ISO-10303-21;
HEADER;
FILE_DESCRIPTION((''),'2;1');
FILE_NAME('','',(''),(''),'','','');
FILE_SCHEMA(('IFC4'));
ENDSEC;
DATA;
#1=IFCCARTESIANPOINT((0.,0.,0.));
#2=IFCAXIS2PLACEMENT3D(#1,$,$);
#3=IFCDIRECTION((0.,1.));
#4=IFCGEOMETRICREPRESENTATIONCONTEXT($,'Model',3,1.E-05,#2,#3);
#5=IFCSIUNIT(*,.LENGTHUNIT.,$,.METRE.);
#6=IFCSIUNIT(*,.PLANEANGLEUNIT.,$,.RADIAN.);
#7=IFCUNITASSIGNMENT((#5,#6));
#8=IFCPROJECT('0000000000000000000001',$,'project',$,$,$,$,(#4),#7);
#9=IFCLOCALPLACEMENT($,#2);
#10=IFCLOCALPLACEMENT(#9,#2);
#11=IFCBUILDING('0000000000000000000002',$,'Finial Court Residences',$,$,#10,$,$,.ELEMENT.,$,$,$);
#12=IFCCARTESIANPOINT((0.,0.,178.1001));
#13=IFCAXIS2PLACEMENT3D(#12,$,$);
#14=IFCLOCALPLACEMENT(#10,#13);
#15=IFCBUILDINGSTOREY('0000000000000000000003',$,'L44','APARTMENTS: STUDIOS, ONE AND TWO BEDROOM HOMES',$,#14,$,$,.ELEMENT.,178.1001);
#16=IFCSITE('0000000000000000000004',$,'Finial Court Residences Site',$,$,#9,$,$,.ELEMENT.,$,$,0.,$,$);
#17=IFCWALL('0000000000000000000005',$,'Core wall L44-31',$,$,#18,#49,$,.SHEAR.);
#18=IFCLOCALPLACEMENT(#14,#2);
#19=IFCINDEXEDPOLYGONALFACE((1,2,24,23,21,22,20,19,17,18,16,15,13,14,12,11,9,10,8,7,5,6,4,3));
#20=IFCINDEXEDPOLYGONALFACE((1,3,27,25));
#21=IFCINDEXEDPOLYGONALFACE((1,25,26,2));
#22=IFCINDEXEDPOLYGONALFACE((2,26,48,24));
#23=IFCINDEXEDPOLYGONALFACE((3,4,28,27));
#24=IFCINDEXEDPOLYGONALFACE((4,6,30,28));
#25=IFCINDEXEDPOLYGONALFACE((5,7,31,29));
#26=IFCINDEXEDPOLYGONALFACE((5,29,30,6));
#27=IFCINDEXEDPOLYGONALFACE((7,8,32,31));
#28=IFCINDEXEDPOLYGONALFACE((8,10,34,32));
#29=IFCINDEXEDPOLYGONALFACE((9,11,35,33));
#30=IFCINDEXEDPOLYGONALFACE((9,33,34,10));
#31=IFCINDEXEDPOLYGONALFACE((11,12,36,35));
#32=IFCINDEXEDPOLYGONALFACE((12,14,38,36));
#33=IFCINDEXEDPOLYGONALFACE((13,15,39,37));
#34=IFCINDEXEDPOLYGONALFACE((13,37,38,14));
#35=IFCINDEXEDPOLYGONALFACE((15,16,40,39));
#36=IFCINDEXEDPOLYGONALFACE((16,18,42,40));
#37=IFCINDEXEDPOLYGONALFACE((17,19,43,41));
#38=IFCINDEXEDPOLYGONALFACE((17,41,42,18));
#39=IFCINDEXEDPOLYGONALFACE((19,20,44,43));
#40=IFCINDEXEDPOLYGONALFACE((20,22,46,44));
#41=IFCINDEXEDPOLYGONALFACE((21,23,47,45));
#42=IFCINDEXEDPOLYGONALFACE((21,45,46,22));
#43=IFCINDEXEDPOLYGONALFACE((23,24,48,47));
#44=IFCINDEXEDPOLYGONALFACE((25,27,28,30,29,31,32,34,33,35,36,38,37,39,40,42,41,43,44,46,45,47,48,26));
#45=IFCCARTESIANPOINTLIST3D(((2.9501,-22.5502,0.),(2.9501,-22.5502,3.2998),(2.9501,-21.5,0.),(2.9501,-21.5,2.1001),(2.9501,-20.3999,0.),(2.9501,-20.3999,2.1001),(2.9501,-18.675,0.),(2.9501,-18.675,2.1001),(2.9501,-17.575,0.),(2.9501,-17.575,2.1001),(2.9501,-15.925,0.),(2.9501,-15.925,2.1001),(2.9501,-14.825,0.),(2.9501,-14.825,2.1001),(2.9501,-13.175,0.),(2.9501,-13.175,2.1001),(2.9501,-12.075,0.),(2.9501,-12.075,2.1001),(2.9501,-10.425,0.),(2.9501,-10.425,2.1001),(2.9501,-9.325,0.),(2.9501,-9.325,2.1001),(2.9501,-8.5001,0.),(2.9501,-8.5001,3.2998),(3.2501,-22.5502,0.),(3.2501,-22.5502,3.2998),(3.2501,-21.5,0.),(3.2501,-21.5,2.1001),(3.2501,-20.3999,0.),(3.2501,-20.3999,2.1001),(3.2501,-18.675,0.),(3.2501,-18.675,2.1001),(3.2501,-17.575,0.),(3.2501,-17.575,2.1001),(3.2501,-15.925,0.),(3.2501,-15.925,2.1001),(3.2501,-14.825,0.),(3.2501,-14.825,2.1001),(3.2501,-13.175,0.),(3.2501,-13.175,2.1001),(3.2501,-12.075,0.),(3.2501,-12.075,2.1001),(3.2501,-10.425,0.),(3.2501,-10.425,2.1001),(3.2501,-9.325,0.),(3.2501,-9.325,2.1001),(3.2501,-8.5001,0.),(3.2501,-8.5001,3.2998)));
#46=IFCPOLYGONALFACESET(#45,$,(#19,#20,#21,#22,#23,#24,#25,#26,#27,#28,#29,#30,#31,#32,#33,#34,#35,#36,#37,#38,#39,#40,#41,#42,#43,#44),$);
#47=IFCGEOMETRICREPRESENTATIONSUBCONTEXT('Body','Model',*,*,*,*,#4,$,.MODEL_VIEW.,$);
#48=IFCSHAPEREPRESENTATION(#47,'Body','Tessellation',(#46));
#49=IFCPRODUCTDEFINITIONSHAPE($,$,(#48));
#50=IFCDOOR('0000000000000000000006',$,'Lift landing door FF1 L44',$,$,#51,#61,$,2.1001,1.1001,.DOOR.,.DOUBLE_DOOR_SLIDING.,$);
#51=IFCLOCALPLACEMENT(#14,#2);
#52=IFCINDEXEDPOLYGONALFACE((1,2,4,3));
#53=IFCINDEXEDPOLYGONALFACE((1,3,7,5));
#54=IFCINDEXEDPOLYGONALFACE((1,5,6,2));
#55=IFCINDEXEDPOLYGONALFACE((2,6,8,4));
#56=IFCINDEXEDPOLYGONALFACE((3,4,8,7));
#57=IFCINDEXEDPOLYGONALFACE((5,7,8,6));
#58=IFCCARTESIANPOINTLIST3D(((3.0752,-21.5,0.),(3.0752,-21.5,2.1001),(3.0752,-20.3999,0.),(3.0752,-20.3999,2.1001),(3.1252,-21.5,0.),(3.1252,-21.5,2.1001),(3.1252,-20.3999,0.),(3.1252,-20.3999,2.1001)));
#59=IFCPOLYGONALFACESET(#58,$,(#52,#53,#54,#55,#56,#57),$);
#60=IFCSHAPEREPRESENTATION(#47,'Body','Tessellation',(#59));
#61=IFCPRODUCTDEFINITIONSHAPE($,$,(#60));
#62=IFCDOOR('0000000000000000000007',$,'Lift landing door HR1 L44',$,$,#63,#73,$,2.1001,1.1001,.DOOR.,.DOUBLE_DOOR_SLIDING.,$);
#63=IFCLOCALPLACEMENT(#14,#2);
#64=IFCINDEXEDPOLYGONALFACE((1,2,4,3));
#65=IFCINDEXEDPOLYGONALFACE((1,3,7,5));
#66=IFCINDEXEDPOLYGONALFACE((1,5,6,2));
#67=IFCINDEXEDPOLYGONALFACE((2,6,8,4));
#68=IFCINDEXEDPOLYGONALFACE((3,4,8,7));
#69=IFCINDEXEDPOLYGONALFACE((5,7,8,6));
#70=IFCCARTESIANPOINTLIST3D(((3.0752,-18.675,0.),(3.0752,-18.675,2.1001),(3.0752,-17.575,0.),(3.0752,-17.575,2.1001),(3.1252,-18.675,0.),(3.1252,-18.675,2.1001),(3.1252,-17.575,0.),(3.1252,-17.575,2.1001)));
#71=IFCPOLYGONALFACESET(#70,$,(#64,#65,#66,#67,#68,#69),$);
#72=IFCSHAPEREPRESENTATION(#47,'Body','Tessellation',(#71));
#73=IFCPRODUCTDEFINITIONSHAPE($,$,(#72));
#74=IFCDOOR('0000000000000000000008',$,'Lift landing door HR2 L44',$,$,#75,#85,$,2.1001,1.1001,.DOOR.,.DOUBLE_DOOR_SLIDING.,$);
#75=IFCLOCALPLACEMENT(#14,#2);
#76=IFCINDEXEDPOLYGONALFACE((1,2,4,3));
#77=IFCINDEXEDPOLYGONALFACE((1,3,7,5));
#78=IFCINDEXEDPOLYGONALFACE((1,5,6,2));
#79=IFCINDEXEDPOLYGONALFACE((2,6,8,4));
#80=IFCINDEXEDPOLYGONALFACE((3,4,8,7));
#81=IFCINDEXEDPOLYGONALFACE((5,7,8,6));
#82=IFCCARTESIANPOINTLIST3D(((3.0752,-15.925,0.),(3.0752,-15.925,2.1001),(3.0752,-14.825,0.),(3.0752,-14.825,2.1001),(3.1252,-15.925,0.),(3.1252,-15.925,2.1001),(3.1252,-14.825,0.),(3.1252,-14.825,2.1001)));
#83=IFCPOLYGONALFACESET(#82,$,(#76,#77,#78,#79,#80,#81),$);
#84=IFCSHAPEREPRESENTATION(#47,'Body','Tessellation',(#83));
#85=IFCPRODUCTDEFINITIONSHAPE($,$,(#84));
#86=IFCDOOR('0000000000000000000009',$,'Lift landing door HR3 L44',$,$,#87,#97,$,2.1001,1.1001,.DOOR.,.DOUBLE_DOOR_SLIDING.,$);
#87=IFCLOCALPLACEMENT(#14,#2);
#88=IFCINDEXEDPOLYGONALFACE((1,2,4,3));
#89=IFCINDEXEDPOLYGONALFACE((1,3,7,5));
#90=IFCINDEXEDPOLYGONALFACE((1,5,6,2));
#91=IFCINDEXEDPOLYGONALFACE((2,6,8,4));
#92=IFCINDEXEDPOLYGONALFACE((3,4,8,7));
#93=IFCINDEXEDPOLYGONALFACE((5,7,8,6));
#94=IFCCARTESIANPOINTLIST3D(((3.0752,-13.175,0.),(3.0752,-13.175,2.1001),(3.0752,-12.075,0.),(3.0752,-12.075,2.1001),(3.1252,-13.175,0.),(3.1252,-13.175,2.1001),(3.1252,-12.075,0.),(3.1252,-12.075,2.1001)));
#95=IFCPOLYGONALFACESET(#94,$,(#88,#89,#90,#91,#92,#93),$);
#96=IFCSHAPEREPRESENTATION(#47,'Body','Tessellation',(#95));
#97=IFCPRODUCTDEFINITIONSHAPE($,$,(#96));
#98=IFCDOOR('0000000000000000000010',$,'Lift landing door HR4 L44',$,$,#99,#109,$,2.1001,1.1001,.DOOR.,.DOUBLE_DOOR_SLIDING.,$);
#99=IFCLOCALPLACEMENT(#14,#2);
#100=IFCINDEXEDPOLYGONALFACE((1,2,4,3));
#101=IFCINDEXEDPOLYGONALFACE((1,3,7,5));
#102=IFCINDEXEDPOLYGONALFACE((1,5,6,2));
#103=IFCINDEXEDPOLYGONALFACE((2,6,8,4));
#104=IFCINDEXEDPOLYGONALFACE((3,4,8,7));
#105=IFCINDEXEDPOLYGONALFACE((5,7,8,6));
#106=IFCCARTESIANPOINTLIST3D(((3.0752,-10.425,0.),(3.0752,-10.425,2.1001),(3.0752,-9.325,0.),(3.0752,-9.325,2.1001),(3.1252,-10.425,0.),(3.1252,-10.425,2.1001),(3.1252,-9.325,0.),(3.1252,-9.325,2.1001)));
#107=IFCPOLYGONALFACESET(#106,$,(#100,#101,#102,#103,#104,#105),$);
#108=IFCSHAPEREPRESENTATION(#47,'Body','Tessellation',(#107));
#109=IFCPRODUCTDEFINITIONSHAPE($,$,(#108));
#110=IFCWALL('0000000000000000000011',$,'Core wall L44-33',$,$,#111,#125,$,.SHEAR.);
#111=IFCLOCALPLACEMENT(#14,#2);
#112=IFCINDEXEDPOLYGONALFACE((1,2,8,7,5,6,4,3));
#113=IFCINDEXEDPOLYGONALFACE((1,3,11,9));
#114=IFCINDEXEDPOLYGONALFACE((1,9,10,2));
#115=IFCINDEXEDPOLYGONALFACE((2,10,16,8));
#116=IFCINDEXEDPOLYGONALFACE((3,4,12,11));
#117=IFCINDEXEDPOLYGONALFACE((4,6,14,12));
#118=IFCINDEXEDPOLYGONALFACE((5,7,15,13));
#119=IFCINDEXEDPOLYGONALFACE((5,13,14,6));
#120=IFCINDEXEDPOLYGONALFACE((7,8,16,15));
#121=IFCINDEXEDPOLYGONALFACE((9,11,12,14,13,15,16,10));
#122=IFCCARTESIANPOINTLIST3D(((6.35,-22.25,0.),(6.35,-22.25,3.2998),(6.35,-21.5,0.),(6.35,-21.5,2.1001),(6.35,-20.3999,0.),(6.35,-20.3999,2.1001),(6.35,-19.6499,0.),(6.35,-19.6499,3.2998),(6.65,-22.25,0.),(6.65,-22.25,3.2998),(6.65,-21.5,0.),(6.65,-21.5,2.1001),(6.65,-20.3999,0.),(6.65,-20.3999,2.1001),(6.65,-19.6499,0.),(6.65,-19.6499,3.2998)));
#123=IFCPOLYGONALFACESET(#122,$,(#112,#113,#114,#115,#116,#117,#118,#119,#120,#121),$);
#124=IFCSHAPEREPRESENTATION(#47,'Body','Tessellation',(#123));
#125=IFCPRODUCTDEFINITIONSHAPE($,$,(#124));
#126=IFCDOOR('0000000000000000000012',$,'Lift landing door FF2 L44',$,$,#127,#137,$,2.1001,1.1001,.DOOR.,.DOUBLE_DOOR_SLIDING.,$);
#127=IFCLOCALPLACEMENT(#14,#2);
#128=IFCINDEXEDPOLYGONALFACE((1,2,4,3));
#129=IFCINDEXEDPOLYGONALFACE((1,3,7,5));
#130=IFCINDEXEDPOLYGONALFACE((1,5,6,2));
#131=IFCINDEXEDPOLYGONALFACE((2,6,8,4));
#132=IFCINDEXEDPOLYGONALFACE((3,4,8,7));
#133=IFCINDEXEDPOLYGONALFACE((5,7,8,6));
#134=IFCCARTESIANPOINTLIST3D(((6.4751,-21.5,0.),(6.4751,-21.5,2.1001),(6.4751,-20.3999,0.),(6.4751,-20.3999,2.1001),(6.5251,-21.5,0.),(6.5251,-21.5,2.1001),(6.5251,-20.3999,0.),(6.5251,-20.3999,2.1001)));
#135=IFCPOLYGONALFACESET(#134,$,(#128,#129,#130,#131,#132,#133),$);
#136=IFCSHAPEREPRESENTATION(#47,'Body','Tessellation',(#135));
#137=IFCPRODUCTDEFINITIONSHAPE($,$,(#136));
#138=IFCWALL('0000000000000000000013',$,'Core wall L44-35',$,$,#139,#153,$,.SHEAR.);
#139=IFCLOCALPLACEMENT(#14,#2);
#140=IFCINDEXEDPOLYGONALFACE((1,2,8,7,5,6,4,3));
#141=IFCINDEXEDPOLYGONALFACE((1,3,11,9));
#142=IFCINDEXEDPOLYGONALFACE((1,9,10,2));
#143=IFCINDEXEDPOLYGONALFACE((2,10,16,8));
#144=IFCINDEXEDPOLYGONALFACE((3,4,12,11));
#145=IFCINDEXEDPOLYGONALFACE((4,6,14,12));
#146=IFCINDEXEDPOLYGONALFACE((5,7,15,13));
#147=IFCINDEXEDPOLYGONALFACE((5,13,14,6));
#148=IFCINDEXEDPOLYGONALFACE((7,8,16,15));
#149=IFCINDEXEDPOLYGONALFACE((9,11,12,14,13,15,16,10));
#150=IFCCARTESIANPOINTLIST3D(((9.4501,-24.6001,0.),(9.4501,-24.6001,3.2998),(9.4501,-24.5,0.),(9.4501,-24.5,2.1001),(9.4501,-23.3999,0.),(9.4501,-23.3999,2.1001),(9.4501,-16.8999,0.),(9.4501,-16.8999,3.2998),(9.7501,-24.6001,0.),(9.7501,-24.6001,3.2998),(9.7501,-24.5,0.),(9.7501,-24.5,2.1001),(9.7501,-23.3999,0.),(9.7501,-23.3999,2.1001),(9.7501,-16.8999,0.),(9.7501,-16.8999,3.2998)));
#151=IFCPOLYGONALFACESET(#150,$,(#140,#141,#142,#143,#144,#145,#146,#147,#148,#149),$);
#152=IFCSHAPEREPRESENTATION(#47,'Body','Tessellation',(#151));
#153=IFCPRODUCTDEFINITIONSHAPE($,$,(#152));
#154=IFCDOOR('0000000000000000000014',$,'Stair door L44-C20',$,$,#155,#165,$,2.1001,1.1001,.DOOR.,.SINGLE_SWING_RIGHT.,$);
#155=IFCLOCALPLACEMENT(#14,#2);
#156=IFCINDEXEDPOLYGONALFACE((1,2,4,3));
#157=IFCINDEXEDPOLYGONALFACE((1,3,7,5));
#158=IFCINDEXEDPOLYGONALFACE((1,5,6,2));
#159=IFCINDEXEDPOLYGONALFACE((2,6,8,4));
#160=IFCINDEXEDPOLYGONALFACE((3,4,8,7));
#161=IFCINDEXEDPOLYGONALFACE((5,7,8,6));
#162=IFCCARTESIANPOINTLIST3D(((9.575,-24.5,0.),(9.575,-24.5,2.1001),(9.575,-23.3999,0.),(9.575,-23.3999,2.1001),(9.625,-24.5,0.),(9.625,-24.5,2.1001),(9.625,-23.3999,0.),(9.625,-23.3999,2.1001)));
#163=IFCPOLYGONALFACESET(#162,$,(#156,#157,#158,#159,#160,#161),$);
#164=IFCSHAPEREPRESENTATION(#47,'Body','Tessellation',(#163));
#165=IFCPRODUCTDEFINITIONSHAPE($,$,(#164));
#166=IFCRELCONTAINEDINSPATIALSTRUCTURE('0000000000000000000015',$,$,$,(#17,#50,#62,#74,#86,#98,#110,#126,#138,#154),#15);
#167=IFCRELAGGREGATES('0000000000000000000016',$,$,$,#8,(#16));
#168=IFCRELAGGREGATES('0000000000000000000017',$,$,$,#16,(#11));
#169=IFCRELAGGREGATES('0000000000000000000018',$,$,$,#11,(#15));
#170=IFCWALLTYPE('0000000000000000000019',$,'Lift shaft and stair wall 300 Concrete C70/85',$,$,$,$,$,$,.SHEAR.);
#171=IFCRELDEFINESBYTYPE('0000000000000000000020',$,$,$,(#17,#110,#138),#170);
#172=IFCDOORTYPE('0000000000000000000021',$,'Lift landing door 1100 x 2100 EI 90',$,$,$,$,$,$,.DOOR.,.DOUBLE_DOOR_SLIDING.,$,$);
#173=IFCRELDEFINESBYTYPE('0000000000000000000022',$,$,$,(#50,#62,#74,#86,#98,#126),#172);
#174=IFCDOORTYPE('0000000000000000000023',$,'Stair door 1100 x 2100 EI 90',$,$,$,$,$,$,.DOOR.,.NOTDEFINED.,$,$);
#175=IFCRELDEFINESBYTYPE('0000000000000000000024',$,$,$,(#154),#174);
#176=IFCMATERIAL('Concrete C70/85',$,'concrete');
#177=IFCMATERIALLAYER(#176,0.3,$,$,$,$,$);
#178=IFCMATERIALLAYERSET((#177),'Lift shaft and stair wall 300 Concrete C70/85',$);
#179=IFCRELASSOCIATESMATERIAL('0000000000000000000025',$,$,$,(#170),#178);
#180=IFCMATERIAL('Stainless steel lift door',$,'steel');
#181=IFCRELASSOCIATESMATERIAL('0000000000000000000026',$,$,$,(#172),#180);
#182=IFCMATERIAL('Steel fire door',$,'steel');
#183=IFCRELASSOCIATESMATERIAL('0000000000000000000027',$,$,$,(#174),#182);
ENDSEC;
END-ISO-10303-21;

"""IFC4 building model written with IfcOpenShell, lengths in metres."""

from ifc_helpers import new_model, si_unit, direction, frame, frame_2d, origin, place, context, subcontext, project, spatial, rectangle, extrude, material, layer, layer_set, type_object, element, fill, save


model = new_model("IFC4")

# Units and contexts
model_context = context("Model", 3, precision=1e-05, world=origin(), true_north=direction((0.0, 1.0)))
body_context = subcontext(model_context, "Body", "Model", "MODEL_VIEW")
ifc_project = project(units=[si_unit("LENGTHUNIT", "METRE"), si_unit("PLANEANGLEUNIT", "RADIAN")], contexts=[model_context])

# Site, building, storey
site_placement = place(None, origin())
site = spatial("IfcSite", under=ifc_project, at=site_placement, Name="Finial Court Residences Site", CompositionType="ELEMENT", RefElevation=0.0)
building_placement = place(site_placement, origin())
building = spatial("IfcBuilding", under=site, at=building_placement, Name="Finial Court Residences", CompositionType="ELEMENT")
storey_placement = place(building_placement, frame((0.0, 0.0, 178.1001)))
storey = spatial("IfcBuildingStorey", under=building, at=storey_placement, Name="L44", Description="APARTMENTS: STUDIOS, ONE AND TWO BEDROOM HOMES", CompositionType="ELEMENT", Elevation=178.1001)

# Shared definitions
ifc_material_1 = material(Name="Steel fire door", Category="steel")

# Shared definitions
ifc_material_2 = material(Name="Concrete C70/85", Category="concrete")
ifc_layer_1 = layer(ifc_material_2, 0.3)
ifc_layer_set_1 = layer_set([ifc_layer_1], Name="Lift shaft and stair wall 300 Concrete C70/85")
wall_type_1 = type_object("IfcWallType", Name="Lift shaft and stair wall 300 Concrete C70/85", PredefinedType="SHEAR", material=ifc_layer_set_1)

# Wall, openings, doors
wall_1_placement = place(storey_placement, frame((3.1001, -22.55, 0.0), z_axis=(0.0, 0.0, 1.0), x_axis=(0.0, 1.0, 0.0)))
wall_1 = element("IfcWall", 1, at=wall_1_placement, inside=storey, type_object=wall_type_1, Name="Core wall L44-31", PredefinedType="SHEAR", context=body_context, shape_type="SweptSolid", body=[
    extrude(rectangle(XDim=14.05, YDim=0.3, at=frame_2d((7.0249, 0.0))), origin(), (0.0, 0.0, 1.0), 3.2998),
])
opening_1_placement = place(wall_1_placement, frame((1.05, 0.0, 0.0)))
opening_1 = element("IfcOpeningElement", 2, at=opening_1_placement, cuts=wall_1, PredefinedType="OPENING", context=body_context, shape_type="SweptSolid", body=[
    extrude(rectangle(XDim=1.1001, YDim=2.1001, at=frame_2d((0.55, 1.05))), frame((0.0, 0.1599, 0.0), z_axis=(0.0, -1.0, 0.0), x_axis=(1.0, 0.0, 0.0)), (0.0, 0.0, 1.0), 0.3201),
])
opening_2_placement = place(wall_1_placement, frame((3.875, 0.0, 0.0)))
opening_2 = element("IfcOpeningElement", 3, at=opening_2_placement, cuts=wall_1, PredefinedType="OPENING", context=body_context, shape_type="SweptSolid", body=[
    extrude(rectangle(XDim=1.1001, YDim=2.1001, at=frame_2d((0.55, 1.05))), frame((0.0, 0.1599, 0.0), z_axis=(0.0, -1.0, 0.0), x_axis=(1.0, 0.0, 0.0)), (0.0, 0.0, 1.0), 0.3201),
])
opening_3_placement = place(wall_1_placement, frame((6.625, 0.0, 0.0)))
opening_3 = element("IfcOpeningElement", 4, at=opening_3_placement, cuts=wall_1, PredefinedType="OPENING", context=body_context, shape_type="SweptSolid", body=[
    extrude(rectangle(XDim=1.1001, YDim=2.1001, at=frame_2d((0.55, 1.05))), frame((0.0, 0.1599, 0.0), z_axis=(0.0, -1.0, 0.0), x_axis=(1.0, 0.0, 0.0)), (0.0, 0.0, 1.0), 0.3201),
])
opening_4_placement = place(wall_1_placement, frame((9.375, 0.0, 0.0)))
opening_4 = element("IfcOpeningElement", 5, at=opening_4_placement, cuts=wall_1, PredefinedType="OPENING", context=body_context, shape_type="SweptSolid", body=[
    extrude(rectangle(XDim=1.1001, YDim=2.1001, at=frame_2d((0.55, 1.05))), frame((0.0, 0.1599, 0.0), z_axis=(0.0, -1.0, 0.0), x_axis=(1.0, 0.0, 0.0)), (0.0, 0.0, 1.0), 0.3201),
])
opening_5_placement = place(wall_1_placement, frame((12.125, 0.0, 0.0)))
opening_5 = element("IfcOpeningElement", 6, at=opening_5_placement, cuts=wall_1, PredefinedType="OPENING", context=body_context, shape_type="SweptSolid", body=[
    extrude(rectangle(XDim=1.1001, YDim=2.1001, at=frame_2d((0.55, 1.05))), frame((0.0, 0.1599, 0.0), z_axis=(0.0, -1.0, 0.0), x_axis=(1.0, 0.0, 0.0)), (0.0, 0.0, 1.0), 0.3201),
])
ifc_material_3 = material(Name="Stainless steel lift door", Category="steel")
door_type_1 = type_object("IfcDoorType", Name="Lift landing door 1100 x 2100 EI 90", OperationType="DOUBLE_DOOR_SLIDING", PredefinedType="DOOR", material=ifc_material_3)
door_1_placement = place(opening_1_placement, origin())
door_1 = element("IfcDoor", 7, at=door_1_placement, inside=storey, type_object=door_type_1, Name="Lift landing door FF1 L44", OperationType="DOUBLE_DOOR_SLIDING", OverallHeight=2.1001, OverallWidth=1.1001, PredefinedType="DOOR", context=body_context, shape_type="SweptSolid", body=[
    extrude(rectangle(XDim=1.1001, YDim=2.1001, at=frame_2d((0.55, 1.05))), frame((0.0, 0.0249, 0.0), z_axis=(0.0, -1.0, 0.0), x_axis=(1.0, 0.0, 0.0)), (0.0, 0.0, 1.0), 0.05),
])
fill(opening_1, door_1)
door_2_placement = place(opening_2_placement, origin())
door_2 = element("IfcDoor", 8, at=door_2_placement, inside=storey, type_object=door_type_1, Name="Lift landing door HR1 L44", OperationType="DOUBLE_DOOR_SLIDING", OverallHeight=2.1001, OverallWidth=1.1001, PredefinedType="DOOR", context=body_context, shape_type="SweptSolid", body=[
    extrude(rectangle(XDim=1.1001, YDim=2.1001, at=frame_2d((0.55, 1.05))), frame((0.0, 0.0249, 0.0), z_axis=(0.0, -1.0, 0.0), x_axis=(1.0, 0.0, 0.0)), (0.0, 0.0, 1.0), 0.05),
])
fill(opening_2, door_2)
door_3_placement = place(opening_3_placement, origin())
door_3 = element("IfcDoor", 9, at=door_3_placement, inside=storey, type_object=door_type_1, Name="Lift landing door HR2 L44", OperationType="DOUBLE_DOOR_SLIDING", OverallHeight=2.1001, OverallWidth=1.1001, PredefinedType="DOOR", context=body_context, shape_type="SweptSolid", body=[
    extrude(rectangle(XDim=1.1001, YDim=2.1001, at=frame_2d((0.55, 1.05))), frame((0.0, 0.0249, 0.0), z_axis=(0.0, -1.0, 0.0), x_axis=(1.0, 0.0, 0.0)), (0.0, 0.0, 1.0), 0.05),
])
fill(opening_3, door_3)
door_4_placement = place(opening_4_placement, origin())
door_4 = element("IfcDoor", 10, at=door_4_placement, inside=storey, type_object=door_type_1, Name="Lift landing door HR3 L44", OperationType="DOUBLE_DOOR_SLIDING", OverallHeight=2.1001, OverallWidth=1.1001, PredefinedType="DOOR", context=body_context, shape_type="SweptSolid", body=[
    extrude(rectangle(XDim=1.1001, YDim=2.1001, at=frame_2d((0.55, 1.05))), frame((0.0, 0.0249, 0.0), z_axis=(0.0, -1.0, 0.0), x_axis=(1.0, 0.0, 0.0)), (0.0, 0.0, 1.0), 0.05),
])
fill(opening_4, door_4)
door_5_placement = place(opening_5_placement, origin())
door_5 = element("IfcDoor", 11, at=door_5_placement, inside=storey, type_object=door_type_1, Name="Lift landing door HR4 L44", OperationType="DOUBLE_DOOR_SLIDING", OverallHeight=2.1001, OverallWidth=1.1001, PredefinedType="DOOR", context=body_context, shape_type="SweptSolid", body=[
    extrude(rectangle(XDim=1.1001, YDim=2.1001, at=frame_2d((0.55, 1.05))), frame((0.0, 0.0249, 0.0), z_axis=(0.0, -1.0, 0.0), x_axis=(1.0, 0.0, 0.0)), (0.0, 0.0, 1.0), 0.05),
])
fill(opening_5, door_5)

# Walls, openings, doors
wall_2_placement = place(storey_placement, frame((6.5, -22.25, 0.0), z_axis=(0.0, 0.0, 1.0), x_axis=(0.0, 1.0, 0.0)))
wall_2 = element("IfcWall", 12, at=wall_2_placement, inside=storey, type_object=wall_type_1, Name="Core wall L44-33", PredefinedType="SHEAR", context=body_context, shape_type="SweptSolid", body=[
    extrude(rectangle(XDim=2.6001, YDim=0.3, at=frame_2d((1.3, 0.0))), origin(), (0.0, 0.0, 1.0), 3.2998),
])
opening_6_placement = place(wall_2_placement, frame((0.75, 0.0, 0.0)))
opening_6 = element("IfcOpeningElement", 13, at=opening_6_placement, cuts=wall_2, PredefinedType="OPENING", context=body_context, shape_type="SweptSolid", body=[
    extrude(rectangle(XDim=1.1001, YDim=2.1001, at=frame_2d((0.55, 1.05))), frame((0.0, 0.1599, 0.0), z_axis=(0.0, -1.0, 0.0), x_axis=(1.0, 0.0, 0.0)), (0.0, 0.0, 1.0), 0.3201),
])
door_6_placement = place(opening_6_placement, origin())
door_6 = element("IfcDoor", 14, at=door_6_placement, inside=storey, type_object=door_type_1, Name="Lift landing door FF2 L44", OperationType="DOUBLE_DOOR_SLIDING", OverallHeight=2.1001, OverallWidth=1.1001, PredefinedType="DOOR", context=body_context, shape_type="SweptSolid", body=[
    extrude(rectangle(XDim=1.1001, YDim=2.1001, at=frame_2d((0.55, 1.05))), frame((0.0, 0.0249, 0.0), z_axis=(0.0, -1.0, 0.0), x_axis=(1.0, 0.0, 0.0)), (0.0, 0.0, 1.0), 0.05),
])
fill(opening_6, door_6)
wall_3_placement = place(storey_placement, frame((9.6001, -16.8999, 0.0), z_axis=(0.0, 0.0, 1.0), x_axis=(0.0, -1.0, 0.0)))
wall_3 = element("IfcWall", 15, at=wall_3_placement, inside=storey, type_object=wall_type_1, Name="Core wall L44-35", PredefinedType="SHEAR", context=body_context, shape_type="SweptSolid", body=[
    extrude(rectangle(XDim=7.7002, YDim=0.3, at=frame_2d((3.8501, 0.0))), origin(), (0.0, 0.0, 1.0), 3.2998),
])
opening_7_placement = place(wall_3_placement, frame((6.5, 0.0, 0.0)))
opening_7 = element("IfcOpeningElement", 16, at=opening_7_placement, cuts=wall_3, PredefinedType="OPENING", context=body_context, shape_type="SweptSolid", body=[
    extrude(rectangle(XDim=1.1001, YDim=2.1001, at=frame_2d((0.55, 1.05))), frame((0.0, 0.1599, 0.0), z_axis=(0.0, -1.0, 0.0), x_axis=(1.0, 0.0, 0.0)), (0.0, 0.0, 1.0), 0.3201),
])
door_type_2 = type_object("IfcDoorType", Name="Stair door 1100 x 2100 EI 90", OperationType="NOTDEFINED", PredefinedType="DOOR", material=ifc_material_1)
door_7_placement = place(opening_7_placement, origin())
door_7 = element("IfcDoor", 17, at=door_7_placement, inside=storey, type_object=door_type_2, Name="Stair door L44-C20", OperationType="SINGLE_SWING_RIGHT", OverallHeight=2.1001, OverallWidth=1.1001, PredefinedType="DOOR", context=body_context, shape_type="SweptSolid", body=[
    extrude(rectangle(XDim=1.1001, YDim=2.1001, at=frame_2d((0.55, 1.05))), frame((0.0, 0.0249, 0.0), z_axis=(0.0, -1.0, 0.0), x_axis=(1.0, 0.0, 0.0)), (0.0, 0.0, 1.0), 0.05),
])
fill(opening_7, door_7)

save(model, "model.ifc")
